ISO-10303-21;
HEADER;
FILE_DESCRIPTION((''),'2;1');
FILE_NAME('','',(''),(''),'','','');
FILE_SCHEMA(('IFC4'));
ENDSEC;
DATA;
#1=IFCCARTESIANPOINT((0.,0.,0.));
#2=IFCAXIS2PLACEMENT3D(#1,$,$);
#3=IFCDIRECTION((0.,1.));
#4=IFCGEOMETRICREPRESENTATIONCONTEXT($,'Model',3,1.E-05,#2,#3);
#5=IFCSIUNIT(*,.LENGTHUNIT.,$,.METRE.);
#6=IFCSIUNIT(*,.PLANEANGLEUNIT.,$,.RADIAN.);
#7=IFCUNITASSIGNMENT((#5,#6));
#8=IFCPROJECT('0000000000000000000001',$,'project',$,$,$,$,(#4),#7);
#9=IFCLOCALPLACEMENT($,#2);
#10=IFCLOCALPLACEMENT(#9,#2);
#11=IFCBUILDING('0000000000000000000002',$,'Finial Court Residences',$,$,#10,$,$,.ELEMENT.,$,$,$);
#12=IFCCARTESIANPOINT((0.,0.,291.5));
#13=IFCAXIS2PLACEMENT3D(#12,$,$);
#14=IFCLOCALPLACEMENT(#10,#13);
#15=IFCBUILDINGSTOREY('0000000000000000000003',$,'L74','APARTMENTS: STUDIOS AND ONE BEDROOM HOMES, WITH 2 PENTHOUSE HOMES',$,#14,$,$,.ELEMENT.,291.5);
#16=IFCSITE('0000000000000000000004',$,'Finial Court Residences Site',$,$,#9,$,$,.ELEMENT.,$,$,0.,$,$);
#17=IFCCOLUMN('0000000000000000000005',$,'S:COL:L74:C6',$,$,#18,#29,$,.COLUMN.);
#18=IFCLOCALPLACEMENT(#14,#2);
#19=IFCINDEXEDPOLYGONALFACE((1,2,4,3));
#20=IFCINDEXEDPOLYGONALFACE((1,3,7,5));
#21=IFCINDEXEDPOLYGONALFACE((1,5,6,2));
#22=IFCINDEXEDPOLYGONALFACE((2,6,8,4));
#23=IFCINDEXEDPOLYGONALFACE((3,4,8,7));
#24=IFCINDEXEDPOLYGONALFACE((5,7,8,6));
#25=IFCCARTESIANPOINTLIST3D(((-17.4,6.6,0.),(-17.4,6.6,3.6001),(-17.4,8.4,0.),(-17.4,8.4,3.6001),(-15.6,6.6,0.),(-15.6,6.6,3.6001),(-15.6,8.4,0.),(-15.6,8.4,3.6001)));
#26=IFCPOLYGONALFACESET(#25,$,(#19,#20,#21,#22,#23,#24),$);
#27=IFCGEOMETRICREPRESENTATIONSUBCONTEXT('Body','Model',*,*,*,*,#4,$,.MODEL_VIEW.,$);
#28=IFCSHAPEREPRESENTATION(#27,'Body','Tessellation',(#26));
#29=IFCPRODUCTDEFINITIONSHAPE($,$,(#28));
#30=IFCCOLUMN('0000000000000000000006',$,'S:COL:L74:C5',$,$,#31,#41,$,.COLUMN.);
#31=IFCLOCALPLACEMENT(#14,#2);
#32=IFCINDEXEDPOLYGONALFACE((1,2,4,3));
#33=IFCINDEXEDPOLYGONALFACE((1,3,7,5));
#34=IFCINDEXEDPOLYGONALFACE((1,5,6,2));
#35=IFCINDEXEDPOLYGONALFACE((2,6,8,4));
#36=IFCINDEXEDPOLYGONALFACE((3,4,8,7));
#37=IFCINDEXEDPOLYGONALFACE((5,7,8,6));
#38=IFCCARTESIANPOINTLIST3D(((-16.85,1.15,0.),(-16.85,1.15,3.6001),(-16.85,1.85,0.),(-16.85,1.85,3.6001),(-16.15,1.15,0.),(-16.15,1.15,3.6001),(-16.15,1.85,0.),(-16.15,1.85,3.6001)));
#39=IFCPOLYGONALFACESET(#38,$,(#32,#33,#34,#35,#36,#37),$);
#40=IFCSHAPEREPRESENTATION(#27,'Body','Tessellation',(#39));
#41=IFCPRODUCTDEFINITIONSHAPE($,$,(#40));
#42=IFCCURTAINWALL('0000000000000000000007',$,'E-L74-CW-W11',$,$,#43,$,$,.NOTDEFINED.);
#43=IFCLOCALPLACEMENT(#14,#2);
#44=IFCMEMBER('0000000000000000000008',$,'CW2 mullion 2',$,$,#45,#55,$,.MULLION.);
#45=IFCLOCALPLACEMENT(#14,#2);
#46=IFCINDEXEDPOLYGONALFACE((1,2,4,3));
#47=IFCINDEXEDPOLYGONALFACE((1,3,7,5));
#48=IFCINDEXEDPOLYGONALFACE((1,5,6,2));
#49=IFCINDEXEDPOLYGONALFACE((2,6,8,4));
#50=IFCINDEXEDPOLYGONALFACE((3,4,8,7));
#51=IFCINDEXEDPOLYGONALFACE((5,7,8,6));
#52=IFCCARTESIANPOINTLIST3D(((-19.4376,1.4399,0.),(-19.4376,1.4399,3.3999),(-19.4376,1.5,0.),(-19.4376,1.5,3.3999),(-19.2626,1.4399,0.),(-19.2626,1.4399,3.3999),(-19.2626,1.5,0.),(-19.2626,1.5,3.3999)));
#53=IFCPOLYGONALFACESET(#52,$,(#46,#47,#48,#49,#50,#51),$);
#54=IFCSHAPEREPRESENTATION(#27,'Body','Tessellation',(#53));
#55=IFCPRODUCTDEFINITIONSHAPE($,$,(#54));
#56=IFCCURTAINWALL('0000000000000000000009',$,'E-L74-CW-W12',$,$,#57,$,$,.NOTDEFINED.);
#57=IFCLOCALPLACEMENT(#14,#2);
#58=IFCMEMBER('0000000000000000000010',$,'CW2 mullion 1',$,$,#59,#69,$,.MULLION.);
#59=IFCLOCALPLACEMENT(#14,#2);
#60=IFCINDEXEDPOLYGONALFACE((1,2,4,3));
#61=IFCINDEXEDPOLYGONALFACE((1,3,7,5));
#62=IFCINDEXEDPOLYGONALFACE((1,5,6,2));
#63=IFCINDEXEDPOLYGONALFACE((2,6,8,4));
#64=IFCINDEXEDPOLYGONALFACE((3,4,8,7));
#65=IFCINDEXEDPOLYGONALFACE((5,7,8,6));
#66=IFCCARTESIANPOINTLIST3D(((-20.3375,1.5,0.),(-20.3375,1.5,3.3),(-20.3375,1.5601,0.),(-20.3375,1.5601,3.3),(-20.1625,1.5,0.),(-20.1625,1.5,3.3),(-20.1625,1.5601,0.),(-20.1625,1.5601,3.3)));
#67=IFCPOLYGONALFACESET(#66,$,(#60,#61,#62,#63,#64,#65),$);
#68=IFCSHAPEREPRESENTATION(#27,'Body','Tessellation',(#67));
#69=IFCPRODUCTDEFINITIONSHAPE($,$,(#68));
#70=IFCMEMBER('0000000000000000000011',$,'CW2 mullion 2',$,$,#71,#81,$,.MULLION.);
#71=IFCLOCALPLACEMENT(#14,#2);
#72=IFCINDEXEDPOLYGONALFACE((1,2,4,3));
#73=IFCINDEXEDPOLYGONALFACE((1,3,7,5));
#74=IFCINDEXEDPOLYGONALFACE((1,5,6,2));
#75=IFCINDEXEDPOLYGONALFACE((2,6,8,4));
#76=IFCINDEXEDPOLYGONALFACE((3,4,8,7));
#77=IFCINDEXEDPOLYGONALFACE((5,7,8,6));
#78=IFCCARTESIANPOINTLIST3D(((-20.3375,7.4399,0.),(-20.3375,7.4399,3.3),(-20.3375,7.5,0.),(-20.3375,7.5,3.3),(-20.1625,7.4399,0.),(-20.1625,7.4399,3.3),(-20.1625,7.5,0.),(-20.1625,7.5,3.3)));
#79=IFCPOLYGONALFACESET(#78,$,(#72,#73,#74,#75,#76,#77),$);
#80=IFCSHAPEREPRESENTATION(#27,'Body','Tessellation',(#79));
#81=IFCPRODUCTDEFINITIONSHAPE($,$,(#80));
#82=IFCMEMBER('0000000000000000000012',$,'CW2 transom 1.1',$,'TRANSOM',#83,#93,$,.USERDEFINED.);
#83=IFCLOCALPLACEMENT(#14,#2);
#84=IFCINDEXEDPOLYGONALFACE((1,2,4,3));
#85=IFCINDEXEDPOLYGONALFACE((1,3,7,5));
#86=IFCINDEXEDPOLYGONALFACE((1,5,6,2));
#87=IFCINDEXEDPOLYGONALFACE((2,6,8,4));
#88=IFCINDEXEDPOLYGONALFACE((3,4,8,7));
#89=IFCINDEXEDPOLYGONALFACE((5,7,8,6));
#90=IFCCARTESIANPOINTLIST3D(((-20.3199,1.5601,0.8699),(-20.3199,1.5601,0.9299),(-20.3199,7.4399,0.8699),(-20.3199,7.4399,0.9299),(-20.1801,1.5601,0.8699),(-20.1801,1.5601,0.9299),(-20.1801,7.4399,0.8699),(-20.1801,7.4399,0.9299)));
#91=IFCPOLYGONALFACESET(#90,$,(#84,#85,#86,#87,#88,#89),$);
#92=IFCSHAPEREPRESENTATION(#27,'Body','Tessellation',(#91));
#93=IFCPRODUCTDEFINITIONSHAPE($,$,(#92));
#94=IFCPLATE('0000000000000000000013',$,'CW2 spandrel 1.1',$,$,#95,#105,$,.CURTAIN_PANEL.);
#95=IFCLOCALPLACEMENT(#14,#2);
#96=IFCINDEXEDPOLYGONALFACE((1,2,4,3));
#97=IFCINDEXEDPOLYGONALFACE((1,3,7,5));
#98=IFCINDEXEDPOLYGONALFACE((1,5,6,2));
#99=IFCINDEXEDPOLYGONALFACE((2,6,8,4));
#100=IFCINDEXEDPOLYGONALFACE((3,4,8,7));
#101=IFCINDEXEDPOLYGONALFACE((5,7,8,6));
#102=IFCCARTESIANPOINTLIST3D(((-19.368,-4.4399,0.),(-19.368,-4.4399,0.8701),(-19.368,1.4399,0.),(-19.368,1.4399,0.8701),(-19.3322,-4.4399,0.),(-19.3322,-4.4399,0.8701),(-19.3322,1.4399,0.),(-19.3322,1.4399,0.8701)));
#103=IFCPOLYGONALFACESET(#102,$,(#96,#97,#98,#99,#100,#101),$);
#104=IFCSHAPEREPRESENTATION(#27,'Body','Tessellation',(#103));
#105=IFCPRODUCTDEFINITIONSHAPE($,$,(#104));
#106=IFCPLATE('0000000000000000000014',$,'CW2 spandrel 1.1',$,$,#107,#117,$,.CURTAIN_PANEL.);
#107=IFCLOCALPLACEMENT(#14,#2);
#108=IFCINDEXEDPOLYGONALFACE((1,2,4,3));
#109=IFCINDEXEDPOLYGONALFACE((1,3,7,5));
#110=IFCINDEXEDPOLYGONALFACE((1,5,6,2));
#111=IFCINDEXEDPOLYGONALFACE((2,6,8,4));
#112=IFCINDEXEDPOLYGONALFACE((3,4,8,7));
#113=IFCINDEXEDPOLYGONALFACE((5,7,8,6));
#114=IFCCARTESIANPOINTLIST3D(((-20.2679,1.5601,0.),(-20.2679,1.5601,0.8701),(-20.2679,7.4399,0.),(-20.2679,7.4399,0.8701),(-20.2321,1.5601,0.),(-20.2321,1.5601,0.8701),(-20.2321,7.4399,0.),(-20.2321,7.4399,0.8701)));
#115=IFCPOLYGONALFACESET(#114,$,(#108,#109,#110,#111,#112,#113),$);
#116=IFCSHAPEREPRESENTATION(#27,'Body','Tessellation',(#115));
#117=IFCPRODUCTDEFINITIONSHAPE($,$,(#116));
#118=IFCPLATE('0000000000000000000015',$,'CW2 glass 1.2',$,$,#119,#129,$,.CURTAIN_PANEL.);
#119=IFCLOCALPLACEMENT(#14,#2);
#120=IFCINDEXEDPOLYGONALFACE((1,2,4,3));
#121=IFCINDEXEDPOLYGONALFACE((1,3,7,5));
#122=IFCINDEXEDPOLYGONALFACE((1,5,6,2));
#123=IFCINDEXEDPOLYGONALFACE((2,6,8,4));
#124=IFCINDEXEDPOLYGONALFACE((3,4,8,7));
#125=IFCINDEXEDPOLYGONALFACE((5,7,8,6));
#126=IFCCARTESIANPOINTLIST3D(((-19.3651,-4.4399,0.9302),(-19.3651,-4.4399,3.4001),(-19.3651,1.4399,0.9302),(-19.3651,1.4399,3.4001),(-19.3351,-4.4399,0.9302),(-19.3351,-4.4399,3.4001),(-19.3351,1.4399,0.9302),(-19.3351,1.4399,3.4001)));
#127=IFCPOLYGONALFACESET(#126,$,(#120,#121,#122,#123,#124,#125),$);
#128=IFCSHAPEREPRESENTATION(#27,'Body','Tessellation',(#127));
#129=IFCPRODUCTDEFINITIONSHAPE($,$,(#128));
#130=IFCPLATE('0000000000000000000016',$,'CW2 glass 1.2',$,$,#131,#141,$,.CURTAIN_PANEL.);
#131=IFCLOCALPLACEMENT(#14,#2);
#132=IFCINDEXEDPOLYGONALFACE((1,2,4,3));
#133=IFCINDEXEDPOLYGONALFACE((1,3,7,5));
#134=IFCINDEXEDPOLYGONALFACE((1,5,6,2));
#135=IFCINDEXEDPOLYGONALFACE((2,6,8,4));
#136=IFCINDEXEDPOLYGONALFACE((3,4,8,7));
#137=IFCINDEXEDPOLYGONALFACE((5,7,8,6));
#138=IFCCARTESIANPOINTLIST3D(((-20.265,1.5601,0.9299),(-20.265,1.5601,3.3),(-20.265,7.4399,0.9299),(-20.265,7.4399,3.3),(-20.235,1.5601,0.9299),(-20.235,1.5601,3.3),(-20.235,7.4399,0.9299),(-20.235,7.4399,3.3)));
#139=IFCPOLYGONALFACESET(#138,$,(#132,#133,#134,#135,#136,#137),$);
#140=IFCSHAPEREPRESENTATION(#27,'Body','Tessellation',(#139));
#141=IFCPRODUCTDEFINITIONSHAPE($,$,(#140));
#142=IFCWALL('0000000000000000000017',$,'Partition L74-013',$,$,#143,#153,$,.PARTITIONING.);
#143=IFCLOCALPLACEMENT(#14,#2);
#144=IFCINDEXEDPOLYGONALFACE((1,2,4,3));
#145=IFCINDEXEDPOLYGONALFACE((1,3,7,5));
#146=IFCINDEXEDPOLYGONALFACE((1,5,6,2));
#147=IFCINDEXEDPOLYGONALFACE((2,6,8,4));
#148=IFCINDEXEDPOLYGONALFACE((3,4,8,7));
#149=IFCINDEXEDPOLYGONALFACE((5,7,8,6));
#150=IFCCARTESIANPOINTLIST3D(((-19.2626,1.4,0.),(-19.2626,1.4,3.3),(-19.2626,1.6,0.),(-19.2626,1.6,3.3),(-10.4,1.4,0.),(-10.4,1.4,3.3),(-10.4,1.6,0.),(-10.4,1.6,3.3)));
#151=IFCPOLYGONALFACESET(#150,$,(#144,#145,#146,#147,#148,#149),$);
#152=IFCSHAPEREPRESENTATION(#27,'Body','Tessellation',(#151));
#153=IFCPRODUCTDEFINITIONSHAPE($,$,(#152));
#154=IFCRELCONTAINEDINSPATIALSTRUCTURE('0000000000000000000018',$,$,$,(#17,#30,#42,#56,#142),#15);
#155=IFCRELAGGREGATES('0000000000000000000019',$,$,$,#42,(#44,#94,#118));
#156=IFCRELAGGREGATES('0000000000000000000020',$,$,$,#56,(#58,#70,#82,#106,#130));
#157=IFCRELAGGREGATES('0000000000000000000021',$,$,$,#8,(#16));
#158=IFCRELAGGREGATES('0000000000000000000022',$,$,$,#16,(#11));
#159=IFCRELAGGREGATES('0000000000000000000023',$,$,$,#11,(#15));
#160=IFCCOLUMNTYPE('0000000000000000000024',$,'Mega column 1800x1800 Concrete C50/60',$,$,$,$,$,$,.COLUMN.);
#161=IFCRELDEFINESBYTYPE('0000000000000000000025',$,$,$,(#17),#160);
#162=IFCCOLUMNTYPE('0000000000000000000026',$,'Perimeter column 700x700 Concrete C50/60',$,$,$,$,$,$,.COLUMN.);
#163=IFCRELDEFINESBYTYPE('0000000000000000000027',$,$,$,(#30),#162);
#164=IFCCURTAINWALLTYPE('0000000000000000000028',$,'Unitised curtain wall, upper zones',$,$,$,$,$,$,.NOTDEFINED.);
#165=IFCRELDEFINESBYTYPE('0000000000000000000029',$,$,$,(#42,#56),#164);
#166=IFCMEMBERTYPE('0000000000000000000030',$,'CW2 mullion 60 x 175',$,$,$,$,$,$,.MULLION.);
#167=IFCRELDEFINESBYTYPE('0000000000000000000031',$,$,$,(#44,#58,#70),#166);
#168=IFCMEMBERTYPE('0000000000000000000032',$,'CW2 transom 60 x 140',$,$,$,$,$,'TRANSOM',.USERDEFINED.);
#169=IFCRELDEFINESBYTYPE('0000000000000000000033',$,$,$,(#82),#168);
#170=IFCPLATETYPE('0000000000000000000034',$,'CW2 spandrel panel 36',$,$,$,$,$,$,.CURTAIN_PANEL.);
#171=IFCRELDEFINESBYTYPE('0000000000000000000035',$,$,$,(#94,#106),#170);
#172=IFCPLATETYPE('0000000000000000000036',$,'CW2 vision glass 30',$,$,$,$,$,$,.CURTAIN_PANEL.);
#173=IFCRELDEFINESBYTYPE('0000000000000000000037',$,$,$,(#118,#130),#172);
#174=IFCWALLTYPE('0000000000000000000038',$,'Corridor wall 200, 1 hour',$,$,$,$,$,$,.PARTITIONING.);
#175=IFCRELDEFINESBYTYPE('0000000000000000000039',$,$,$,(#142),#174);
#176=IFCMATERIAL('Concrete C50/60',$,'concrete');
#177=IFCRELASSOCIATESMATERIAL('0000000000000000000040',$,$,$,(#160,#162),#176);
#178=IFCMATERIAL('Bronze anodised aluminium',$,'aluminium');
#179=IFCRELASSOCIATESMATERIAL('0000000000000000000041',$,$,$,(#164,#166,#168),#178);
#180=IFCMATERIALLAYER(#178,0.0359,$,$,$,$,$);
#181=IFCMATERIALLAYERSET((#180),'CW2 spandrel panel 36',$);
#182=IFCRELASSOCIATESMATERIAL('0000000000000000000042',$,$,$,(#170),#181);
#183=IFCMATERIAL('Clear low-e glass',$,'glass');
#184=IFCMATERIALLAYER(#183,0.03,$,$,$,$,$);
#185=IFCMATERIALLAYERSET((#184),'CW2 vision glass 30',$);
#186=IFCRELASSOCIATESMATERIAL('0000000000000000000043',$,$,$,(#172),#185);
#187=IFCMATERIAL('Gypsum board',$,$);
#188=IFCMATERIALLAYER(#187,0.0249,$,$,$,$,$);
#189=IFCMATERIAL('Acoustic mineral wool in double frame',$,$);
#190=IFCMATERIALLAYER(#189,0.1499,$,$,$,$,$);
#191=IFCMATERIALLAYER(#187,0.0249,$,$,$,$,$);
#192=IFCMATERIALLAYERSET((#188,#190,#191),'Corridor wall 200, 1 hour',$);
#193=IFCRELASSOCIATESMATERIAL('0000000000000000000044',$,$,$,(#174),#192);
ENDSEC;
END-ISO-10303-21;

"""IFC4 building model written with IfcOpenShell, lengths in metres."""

from ifc_helpers import new_model, si_unit, direction, frame, frame_2d, origin, origin_2d, place, context, subcontext, project, spatial, rectangle, extrude, material, layer, layer_set, material_profile, profile_set, type_object, element, aggregate, save


model = new_model("IFC4")

# Units and contexts
model_context = context("Model", 3, precision=1e-05, world=origin(), true_north=direction((0.0, 1.0)))
body_context = subcontext(model_context, "Body", "Model", "MODEL_VIEW")
ifc_project = project(units=[si_unit("LENGTHUNIT", "METRE"), si_unit("PLANEANGLEUNIT", "RADIAN")], contexts=[model_context])

# Site, building, storey
site_placement = place(None, origin())
site = spatial("IfcSite", under=ifc_project, at=site_placement, Name="Finial Court Residences Site", CompositionType="ELEMENT", RefElevation=0.0)
building_placement = place(site_placement, origin())
building = spatial("IfcBuilding", under=site, at=building_placement, Name="Finial Court Residences", CompositionType="ELEMENT")
storey_placement = place(building_placement, frame((0.0, 0.0, 291.5)))
storey = spatial("IfcBuildingStorey", under=building, at=storey_placement, Name="L74", Description="APARTMENTS: STUDIOS AND ONE BEDROOM HOMES, WITH 2 PENTHOUSE HOMES", CompositionType="ELEMENT", Elevation=291.5)

# Columns
ifc_material_1 = material(Name="Concrete C50/60", Category="concrete")
ifc_material_profile_1 = material_profile(ifc_material_1, rectangle(XDim=1.8, YDim=1.8, at=origin_2d()), Name="1800x1800")
ifc_profile_set_1 = profile_set([ifc_material_profile_1], Name="Concrete C50/60")
column_type_1 = type_object("IfcColumnType", Name="Mega column 1800x1800 Concrete C50/60", PredefinedType="COLUMN", material=ifc_profile_set_1)
column_1_placement = place(storey_placement, frame((-16.5, 7.5, 0.0), z_axis=(0.0, 0.0, 1.0), x_axis=(1.0, 0.0, 0.0)))
element("IfcColumn", 1, at=column_1_placement, inside=storey, type_object=column_type_1, Name="S:COL:L74:C6", PredefinedType="COLUMN", context=body_context, shape_type="SweptSolid", body=[
    extrude(rectangle(XDim=1.8, YDim=1.8, at=origin_2d()), origin(), (0.0, 0.0, 1.0), 3.6001),
])
ifc_material_profile_2 = material_profile(ifc_material_1, rectangle(XDim=0.7, YDim=0.7, at=origin_2d()), Name="700x700")
ifc_profile_set_2 = profile_set([ifc_material_profile_2], Name="Concrete C50/60")
column_type_2 = type_object("IfcColumnType", Name="Perimeter column 700x700 Concrete C50/60", PredefinedType="COLUMN", material=ifc_profile_set_2)
column_2_placement = place(storey_placement, frame((-16.5, 1.5, 0.0), z_axis=(0.0, 0.0, 1.0), x_axis=(1.0, 0.0, 0.0)))
element("IfcColumn", 2, at=column_2_placement, inside=storey, type_object=column_type_2, Name="S:COL:L74:C5", PredefinedType="COLUMN", context=body_context, shape_type="SweptSolid", body=[
    extrude(rectangle(XDim=0.7, YDim=0.7, at=origin_2d()), origin(), (0.0, 0.0, 1.0), 3.6001),
])

# Curtain wall, member
ifc_material_2 = material(Name="Bronze anodised aluminium", Category="aluminium")
curtain_wall_type = type_object("IfcCurtainWallType", Name="Unitised curtain wall, upper zones", PredefinedType="NOTDEFINED", material=ifc_material_2)
curtain_wall_1_placement = place(storey_placement, origin())
curtain_wall_1 = element("IfcCurtainWall", 3, at=curtain_wall_1_placement, inside=storey, type_object=curtain_wall_type, Name="E-L74-CW-W11", PredefinedType="NOTDEFINED")
ifc_material_profile_3 = material_profile(ifc_material_2, rectangle(XDim=0.175, YDim=0.0601, at=origin_2d()), Name="CW2 mullion 60 x 175")
ifc_profile_set_3 = profile_set([ifc_material_profile_3], Name="Bronze anodised aluminium")
member_type_1 = type_object("IfcMemberType", Name="CW2 mullion 60 x 175", PredefinedType="MULLION", material=ifc_profile_set_3)
member_1_placement = place(storey_placement, frame((-19.3501, 1.47, 0.0), z_axis=(0.0, 0.0, 1.0), x_axis=(-1.0, 0.0, 0.0)))
member_1 = element("IfcMember", 4, at=member_1_placement, type_object=member_type_1, Name="CW2 mullion 2", PredefinedType="MULLION", context=body_context, shape_type="SweptSolid", body=[
    extrude(rectangle(XDim=0.175, YDim=0.0601, at=origin_2d()), origin(), (0.0, 0.0, 1.0), 3.3999),
])

# Curtain wall, members
curtain_wall_2_placement = place(storey_placement, origin())
curtain_wall_2 = element("IfcCurtainWall", 5, at=curtain_wall_2_placement, inside=storey, type_object=curtain_wall_type, Name="E-L74-CW-W12", PredefinedType="NOTDEFINED")
member_2_placement = place(storey_placement, frame((-20.25, 1.53, 0.0), z_axis=(0.0, 0.0, 1.0), x_axis=(-1.0, 0.0, 0.0)))
member_2 = element("IfcMember", 6, at=member_2_placement, type_object=member_type_1, Name="CW2 mullion 1", PredefinedType="MULLION", context=body_context, shape_type="SweptSolid", body=[
    extrude(rectangle(XDim=0.175, YDim=0.0601, at=origin_2d()), origin(), (0.0, 0.0, 1.0), 3.3),
])
member_3_placement = place(storey_placement, frame((-20.25, 7.47, 0.0), z_axis=(0.0, 0.0, 1.0), x_axis=(-1.0, 0.0, 0.0)))
member_3 = element("IfcMember", 7, at=member_3_placement, type_object=member_type_1, Name="CW2 mullion 2", PredefinedType="MULLION", context=body_context, shape_type="SweptSolid", body=[
    extrude(rectangle(XDim=0.175, YDim=0.0601, at=origin_2d()), origin(), (0.0, 0.0, 1.0), 3.3),
])
ifc_material_profile_4 = material_profile(ifc_material_2, rectangle(XDim=0.1399, YDim=0.0601, at=origin_2d()), Name="CW2 transom 60 x 140")
ifc_profile_set_4 = profile_set([ifc_material_profile_4], Name="Bronze anodised aluminium")
member_type_2 = type_object("IfcMemberType", Name="CW2 transom 60 x 140", ElementType="TRANSOM", PredefinedType="USERDEFINED", material=ifc_profile_set_4)
member_4_placement = place(storey_placement, frame((-20.25, 1.5601, 0.8999), z_axis=(0.0, 1.0, 0.0), x_axis=(-1.0, 0.0, 0.0)))
member_4 = element("IfcMember", 8, at=member_4_placement, type_object=member_type_2, Name="CW2 transom 1.1", ObjectType="TRANSOM", PredefinedType="USERDEFINED", context=body_context, shape_type="SweptSolid", body=[
    extrude(rectangle(XDim=0.1399, YDim=0.0601, at=origin_2d()), origin(), (0.0, 0.0, 1.0), 5.8799),
])

# Plates
ifc_layer_1 = layer(ifc_material_2, 0.0359)
ifc_layer_set_1 = layer_set([ifc_layer_1], Name="CW2 spandrel panel 36")
plate_type_1 = type_object("IfcPlateType", Name="CW2 spandrel panel 36", PredefinedType="CURTAIN_PANEL", material=ifc_layer_set_1)
plate_1_placement = place(storey_placement, frame((-19.3501, -1.5, 0.0), z_axis=(0.0, 0.0, 1.0), x_axis=(0.0, 1.0, 0.0)))
plate_1 = element("IfcPlate", 9, at=plate_1_placement, type_object=plate_type_1, Name="CW2 spandrel 1.1", PredefinedType="CURTAIN_PANEL", context=body_context, shape_type="SweptSolid", body=[
    extrude(rectangle(XDim=5.8799, YDim=0.0359, at=origin_2d()), origin(), (0.0, 0.0, 1.0), 0.8701),
])
plate_2_placement = place(storey_placement, frame((-20.25, 4.5, 0.0), z_axis=(0.0, 0.0, 1.0), x_axis=(0.0, 1.0, 0.0)))
plate_2 = element("IfcPlate", 10, at=plate_2_placement, type_object=plate_type_1, Name="CW2 spandrel 1.1", PredefinedType="CURTAIN_PANEL", context=body_context, shape_type="SweptSolid", body=[
    extrude(rectangle(XDim=5.8799, YDim=0.0359, at=origin_2d()), origin(), (0.0, 0.0, 1.0), 0.8701),
])
ifc_material_3 = material(Name="Clear low-e glass", Category="glass")
ifc_layer_2 = layer(ifc_material_3, 0.03)
ifc_layer_set_2 = layer_set([ifc_layer_2], Name="CW2 vision glass 30")
plate_type_2 = type_object("IfcPlateType", Name="CW2 vision glass 30", PredefinedType="CURTAIN_PANEL", material=ifc_layer_set_2)
plate_3_placement = place(storey_placement, frame((-19.3501, -1.5, 0.9302), z_axis=(0.0, 0.0, 1.0), x_axis=(0.0, 1.0, 0.0)))
plate_3 = element("IfcPlate", 11, at=plate_3_placement, type_object=plate_type_2, Name="CW2 glass 1.2", PredefinedType="CURTAIN_PANEL", context=body_context, shape_type="SweptSolid", body=[
    extrude(rectangle(XDim=5.8799, YDim=0.03, at=origin_2d()), origin(), (0.0, 0.0, 1.0), 2.47),
])
aggregate(curtain_wall_1, [member_1, plate_1, plate_3])
plate_4_placement = place(storey_placement, frame((-20.25, 4.5, 0.9299), z_axis=(0.0, 0.0, 1.0), x_axis=(0.0, 1.0, 0.0)))
plate_4 = element("IfcPlate", 12, at=plate_4_placement, type_object=plate_type_2, Name="CW2 glass 1.2", PredefinedType="CURTAIN_PANEL", context=body_context, shape_type="SweptSolid", body=[
    extrude(rectangle(XDim=5.8799, YDim=0.03, at=origin_2d()), origin(), (0.0, 0.0, 1.0), 2.3701),
])
aggregate(curtain_wall_2, [member_2, member_3, member_4, plate_2, plate_4])

# Wall
ifc_material_4 = material(Name="Gypsum board")
ifc_layer_3 = layer(ifc_material_4, 0.0249)
ifc_material_5 = material(Name="Acoustic mineral wool in double frame")
ifc_layer_4 = layer(ifc_material_5, 0.1499)
ifc_layer_5 = layer(ifc_material_4, 0.0249)
ifc_layer_set_3 = layer_set([ifc_layer_3, ifc_layer_4, ifc_layer_5], Name="Corridor wall 200, 1 hour")
wall_type_1 = type_object("IfcWallType", Name="Corridor wall 200, 1 hour", PredefinedType="PARTITIONING", material=ifc_layer_set_3)
wall_1_placement = place(storey_placement, frame((-19.2625, 1.5, 0.0), z_axis=(0.0, 0.0, 1.0), x_axis=(1.0, 0.0, 0.0)))
element("IfcWall", 13, at=wall_1_placement, inside=storey, type_object=wall_type_1, Name="Partition L74-013", PredefinedType="PARTITIONING", context=body_context, shape_type="SweptSolid", body=[
    extrude(rectangle(XDim=8.8625, YDim=0.2, at=frame_2d((4.4312, 0.0))), origin(), (0.0, 0.0, 1.0), 3.3),
])

save(model, "model.ifc")
